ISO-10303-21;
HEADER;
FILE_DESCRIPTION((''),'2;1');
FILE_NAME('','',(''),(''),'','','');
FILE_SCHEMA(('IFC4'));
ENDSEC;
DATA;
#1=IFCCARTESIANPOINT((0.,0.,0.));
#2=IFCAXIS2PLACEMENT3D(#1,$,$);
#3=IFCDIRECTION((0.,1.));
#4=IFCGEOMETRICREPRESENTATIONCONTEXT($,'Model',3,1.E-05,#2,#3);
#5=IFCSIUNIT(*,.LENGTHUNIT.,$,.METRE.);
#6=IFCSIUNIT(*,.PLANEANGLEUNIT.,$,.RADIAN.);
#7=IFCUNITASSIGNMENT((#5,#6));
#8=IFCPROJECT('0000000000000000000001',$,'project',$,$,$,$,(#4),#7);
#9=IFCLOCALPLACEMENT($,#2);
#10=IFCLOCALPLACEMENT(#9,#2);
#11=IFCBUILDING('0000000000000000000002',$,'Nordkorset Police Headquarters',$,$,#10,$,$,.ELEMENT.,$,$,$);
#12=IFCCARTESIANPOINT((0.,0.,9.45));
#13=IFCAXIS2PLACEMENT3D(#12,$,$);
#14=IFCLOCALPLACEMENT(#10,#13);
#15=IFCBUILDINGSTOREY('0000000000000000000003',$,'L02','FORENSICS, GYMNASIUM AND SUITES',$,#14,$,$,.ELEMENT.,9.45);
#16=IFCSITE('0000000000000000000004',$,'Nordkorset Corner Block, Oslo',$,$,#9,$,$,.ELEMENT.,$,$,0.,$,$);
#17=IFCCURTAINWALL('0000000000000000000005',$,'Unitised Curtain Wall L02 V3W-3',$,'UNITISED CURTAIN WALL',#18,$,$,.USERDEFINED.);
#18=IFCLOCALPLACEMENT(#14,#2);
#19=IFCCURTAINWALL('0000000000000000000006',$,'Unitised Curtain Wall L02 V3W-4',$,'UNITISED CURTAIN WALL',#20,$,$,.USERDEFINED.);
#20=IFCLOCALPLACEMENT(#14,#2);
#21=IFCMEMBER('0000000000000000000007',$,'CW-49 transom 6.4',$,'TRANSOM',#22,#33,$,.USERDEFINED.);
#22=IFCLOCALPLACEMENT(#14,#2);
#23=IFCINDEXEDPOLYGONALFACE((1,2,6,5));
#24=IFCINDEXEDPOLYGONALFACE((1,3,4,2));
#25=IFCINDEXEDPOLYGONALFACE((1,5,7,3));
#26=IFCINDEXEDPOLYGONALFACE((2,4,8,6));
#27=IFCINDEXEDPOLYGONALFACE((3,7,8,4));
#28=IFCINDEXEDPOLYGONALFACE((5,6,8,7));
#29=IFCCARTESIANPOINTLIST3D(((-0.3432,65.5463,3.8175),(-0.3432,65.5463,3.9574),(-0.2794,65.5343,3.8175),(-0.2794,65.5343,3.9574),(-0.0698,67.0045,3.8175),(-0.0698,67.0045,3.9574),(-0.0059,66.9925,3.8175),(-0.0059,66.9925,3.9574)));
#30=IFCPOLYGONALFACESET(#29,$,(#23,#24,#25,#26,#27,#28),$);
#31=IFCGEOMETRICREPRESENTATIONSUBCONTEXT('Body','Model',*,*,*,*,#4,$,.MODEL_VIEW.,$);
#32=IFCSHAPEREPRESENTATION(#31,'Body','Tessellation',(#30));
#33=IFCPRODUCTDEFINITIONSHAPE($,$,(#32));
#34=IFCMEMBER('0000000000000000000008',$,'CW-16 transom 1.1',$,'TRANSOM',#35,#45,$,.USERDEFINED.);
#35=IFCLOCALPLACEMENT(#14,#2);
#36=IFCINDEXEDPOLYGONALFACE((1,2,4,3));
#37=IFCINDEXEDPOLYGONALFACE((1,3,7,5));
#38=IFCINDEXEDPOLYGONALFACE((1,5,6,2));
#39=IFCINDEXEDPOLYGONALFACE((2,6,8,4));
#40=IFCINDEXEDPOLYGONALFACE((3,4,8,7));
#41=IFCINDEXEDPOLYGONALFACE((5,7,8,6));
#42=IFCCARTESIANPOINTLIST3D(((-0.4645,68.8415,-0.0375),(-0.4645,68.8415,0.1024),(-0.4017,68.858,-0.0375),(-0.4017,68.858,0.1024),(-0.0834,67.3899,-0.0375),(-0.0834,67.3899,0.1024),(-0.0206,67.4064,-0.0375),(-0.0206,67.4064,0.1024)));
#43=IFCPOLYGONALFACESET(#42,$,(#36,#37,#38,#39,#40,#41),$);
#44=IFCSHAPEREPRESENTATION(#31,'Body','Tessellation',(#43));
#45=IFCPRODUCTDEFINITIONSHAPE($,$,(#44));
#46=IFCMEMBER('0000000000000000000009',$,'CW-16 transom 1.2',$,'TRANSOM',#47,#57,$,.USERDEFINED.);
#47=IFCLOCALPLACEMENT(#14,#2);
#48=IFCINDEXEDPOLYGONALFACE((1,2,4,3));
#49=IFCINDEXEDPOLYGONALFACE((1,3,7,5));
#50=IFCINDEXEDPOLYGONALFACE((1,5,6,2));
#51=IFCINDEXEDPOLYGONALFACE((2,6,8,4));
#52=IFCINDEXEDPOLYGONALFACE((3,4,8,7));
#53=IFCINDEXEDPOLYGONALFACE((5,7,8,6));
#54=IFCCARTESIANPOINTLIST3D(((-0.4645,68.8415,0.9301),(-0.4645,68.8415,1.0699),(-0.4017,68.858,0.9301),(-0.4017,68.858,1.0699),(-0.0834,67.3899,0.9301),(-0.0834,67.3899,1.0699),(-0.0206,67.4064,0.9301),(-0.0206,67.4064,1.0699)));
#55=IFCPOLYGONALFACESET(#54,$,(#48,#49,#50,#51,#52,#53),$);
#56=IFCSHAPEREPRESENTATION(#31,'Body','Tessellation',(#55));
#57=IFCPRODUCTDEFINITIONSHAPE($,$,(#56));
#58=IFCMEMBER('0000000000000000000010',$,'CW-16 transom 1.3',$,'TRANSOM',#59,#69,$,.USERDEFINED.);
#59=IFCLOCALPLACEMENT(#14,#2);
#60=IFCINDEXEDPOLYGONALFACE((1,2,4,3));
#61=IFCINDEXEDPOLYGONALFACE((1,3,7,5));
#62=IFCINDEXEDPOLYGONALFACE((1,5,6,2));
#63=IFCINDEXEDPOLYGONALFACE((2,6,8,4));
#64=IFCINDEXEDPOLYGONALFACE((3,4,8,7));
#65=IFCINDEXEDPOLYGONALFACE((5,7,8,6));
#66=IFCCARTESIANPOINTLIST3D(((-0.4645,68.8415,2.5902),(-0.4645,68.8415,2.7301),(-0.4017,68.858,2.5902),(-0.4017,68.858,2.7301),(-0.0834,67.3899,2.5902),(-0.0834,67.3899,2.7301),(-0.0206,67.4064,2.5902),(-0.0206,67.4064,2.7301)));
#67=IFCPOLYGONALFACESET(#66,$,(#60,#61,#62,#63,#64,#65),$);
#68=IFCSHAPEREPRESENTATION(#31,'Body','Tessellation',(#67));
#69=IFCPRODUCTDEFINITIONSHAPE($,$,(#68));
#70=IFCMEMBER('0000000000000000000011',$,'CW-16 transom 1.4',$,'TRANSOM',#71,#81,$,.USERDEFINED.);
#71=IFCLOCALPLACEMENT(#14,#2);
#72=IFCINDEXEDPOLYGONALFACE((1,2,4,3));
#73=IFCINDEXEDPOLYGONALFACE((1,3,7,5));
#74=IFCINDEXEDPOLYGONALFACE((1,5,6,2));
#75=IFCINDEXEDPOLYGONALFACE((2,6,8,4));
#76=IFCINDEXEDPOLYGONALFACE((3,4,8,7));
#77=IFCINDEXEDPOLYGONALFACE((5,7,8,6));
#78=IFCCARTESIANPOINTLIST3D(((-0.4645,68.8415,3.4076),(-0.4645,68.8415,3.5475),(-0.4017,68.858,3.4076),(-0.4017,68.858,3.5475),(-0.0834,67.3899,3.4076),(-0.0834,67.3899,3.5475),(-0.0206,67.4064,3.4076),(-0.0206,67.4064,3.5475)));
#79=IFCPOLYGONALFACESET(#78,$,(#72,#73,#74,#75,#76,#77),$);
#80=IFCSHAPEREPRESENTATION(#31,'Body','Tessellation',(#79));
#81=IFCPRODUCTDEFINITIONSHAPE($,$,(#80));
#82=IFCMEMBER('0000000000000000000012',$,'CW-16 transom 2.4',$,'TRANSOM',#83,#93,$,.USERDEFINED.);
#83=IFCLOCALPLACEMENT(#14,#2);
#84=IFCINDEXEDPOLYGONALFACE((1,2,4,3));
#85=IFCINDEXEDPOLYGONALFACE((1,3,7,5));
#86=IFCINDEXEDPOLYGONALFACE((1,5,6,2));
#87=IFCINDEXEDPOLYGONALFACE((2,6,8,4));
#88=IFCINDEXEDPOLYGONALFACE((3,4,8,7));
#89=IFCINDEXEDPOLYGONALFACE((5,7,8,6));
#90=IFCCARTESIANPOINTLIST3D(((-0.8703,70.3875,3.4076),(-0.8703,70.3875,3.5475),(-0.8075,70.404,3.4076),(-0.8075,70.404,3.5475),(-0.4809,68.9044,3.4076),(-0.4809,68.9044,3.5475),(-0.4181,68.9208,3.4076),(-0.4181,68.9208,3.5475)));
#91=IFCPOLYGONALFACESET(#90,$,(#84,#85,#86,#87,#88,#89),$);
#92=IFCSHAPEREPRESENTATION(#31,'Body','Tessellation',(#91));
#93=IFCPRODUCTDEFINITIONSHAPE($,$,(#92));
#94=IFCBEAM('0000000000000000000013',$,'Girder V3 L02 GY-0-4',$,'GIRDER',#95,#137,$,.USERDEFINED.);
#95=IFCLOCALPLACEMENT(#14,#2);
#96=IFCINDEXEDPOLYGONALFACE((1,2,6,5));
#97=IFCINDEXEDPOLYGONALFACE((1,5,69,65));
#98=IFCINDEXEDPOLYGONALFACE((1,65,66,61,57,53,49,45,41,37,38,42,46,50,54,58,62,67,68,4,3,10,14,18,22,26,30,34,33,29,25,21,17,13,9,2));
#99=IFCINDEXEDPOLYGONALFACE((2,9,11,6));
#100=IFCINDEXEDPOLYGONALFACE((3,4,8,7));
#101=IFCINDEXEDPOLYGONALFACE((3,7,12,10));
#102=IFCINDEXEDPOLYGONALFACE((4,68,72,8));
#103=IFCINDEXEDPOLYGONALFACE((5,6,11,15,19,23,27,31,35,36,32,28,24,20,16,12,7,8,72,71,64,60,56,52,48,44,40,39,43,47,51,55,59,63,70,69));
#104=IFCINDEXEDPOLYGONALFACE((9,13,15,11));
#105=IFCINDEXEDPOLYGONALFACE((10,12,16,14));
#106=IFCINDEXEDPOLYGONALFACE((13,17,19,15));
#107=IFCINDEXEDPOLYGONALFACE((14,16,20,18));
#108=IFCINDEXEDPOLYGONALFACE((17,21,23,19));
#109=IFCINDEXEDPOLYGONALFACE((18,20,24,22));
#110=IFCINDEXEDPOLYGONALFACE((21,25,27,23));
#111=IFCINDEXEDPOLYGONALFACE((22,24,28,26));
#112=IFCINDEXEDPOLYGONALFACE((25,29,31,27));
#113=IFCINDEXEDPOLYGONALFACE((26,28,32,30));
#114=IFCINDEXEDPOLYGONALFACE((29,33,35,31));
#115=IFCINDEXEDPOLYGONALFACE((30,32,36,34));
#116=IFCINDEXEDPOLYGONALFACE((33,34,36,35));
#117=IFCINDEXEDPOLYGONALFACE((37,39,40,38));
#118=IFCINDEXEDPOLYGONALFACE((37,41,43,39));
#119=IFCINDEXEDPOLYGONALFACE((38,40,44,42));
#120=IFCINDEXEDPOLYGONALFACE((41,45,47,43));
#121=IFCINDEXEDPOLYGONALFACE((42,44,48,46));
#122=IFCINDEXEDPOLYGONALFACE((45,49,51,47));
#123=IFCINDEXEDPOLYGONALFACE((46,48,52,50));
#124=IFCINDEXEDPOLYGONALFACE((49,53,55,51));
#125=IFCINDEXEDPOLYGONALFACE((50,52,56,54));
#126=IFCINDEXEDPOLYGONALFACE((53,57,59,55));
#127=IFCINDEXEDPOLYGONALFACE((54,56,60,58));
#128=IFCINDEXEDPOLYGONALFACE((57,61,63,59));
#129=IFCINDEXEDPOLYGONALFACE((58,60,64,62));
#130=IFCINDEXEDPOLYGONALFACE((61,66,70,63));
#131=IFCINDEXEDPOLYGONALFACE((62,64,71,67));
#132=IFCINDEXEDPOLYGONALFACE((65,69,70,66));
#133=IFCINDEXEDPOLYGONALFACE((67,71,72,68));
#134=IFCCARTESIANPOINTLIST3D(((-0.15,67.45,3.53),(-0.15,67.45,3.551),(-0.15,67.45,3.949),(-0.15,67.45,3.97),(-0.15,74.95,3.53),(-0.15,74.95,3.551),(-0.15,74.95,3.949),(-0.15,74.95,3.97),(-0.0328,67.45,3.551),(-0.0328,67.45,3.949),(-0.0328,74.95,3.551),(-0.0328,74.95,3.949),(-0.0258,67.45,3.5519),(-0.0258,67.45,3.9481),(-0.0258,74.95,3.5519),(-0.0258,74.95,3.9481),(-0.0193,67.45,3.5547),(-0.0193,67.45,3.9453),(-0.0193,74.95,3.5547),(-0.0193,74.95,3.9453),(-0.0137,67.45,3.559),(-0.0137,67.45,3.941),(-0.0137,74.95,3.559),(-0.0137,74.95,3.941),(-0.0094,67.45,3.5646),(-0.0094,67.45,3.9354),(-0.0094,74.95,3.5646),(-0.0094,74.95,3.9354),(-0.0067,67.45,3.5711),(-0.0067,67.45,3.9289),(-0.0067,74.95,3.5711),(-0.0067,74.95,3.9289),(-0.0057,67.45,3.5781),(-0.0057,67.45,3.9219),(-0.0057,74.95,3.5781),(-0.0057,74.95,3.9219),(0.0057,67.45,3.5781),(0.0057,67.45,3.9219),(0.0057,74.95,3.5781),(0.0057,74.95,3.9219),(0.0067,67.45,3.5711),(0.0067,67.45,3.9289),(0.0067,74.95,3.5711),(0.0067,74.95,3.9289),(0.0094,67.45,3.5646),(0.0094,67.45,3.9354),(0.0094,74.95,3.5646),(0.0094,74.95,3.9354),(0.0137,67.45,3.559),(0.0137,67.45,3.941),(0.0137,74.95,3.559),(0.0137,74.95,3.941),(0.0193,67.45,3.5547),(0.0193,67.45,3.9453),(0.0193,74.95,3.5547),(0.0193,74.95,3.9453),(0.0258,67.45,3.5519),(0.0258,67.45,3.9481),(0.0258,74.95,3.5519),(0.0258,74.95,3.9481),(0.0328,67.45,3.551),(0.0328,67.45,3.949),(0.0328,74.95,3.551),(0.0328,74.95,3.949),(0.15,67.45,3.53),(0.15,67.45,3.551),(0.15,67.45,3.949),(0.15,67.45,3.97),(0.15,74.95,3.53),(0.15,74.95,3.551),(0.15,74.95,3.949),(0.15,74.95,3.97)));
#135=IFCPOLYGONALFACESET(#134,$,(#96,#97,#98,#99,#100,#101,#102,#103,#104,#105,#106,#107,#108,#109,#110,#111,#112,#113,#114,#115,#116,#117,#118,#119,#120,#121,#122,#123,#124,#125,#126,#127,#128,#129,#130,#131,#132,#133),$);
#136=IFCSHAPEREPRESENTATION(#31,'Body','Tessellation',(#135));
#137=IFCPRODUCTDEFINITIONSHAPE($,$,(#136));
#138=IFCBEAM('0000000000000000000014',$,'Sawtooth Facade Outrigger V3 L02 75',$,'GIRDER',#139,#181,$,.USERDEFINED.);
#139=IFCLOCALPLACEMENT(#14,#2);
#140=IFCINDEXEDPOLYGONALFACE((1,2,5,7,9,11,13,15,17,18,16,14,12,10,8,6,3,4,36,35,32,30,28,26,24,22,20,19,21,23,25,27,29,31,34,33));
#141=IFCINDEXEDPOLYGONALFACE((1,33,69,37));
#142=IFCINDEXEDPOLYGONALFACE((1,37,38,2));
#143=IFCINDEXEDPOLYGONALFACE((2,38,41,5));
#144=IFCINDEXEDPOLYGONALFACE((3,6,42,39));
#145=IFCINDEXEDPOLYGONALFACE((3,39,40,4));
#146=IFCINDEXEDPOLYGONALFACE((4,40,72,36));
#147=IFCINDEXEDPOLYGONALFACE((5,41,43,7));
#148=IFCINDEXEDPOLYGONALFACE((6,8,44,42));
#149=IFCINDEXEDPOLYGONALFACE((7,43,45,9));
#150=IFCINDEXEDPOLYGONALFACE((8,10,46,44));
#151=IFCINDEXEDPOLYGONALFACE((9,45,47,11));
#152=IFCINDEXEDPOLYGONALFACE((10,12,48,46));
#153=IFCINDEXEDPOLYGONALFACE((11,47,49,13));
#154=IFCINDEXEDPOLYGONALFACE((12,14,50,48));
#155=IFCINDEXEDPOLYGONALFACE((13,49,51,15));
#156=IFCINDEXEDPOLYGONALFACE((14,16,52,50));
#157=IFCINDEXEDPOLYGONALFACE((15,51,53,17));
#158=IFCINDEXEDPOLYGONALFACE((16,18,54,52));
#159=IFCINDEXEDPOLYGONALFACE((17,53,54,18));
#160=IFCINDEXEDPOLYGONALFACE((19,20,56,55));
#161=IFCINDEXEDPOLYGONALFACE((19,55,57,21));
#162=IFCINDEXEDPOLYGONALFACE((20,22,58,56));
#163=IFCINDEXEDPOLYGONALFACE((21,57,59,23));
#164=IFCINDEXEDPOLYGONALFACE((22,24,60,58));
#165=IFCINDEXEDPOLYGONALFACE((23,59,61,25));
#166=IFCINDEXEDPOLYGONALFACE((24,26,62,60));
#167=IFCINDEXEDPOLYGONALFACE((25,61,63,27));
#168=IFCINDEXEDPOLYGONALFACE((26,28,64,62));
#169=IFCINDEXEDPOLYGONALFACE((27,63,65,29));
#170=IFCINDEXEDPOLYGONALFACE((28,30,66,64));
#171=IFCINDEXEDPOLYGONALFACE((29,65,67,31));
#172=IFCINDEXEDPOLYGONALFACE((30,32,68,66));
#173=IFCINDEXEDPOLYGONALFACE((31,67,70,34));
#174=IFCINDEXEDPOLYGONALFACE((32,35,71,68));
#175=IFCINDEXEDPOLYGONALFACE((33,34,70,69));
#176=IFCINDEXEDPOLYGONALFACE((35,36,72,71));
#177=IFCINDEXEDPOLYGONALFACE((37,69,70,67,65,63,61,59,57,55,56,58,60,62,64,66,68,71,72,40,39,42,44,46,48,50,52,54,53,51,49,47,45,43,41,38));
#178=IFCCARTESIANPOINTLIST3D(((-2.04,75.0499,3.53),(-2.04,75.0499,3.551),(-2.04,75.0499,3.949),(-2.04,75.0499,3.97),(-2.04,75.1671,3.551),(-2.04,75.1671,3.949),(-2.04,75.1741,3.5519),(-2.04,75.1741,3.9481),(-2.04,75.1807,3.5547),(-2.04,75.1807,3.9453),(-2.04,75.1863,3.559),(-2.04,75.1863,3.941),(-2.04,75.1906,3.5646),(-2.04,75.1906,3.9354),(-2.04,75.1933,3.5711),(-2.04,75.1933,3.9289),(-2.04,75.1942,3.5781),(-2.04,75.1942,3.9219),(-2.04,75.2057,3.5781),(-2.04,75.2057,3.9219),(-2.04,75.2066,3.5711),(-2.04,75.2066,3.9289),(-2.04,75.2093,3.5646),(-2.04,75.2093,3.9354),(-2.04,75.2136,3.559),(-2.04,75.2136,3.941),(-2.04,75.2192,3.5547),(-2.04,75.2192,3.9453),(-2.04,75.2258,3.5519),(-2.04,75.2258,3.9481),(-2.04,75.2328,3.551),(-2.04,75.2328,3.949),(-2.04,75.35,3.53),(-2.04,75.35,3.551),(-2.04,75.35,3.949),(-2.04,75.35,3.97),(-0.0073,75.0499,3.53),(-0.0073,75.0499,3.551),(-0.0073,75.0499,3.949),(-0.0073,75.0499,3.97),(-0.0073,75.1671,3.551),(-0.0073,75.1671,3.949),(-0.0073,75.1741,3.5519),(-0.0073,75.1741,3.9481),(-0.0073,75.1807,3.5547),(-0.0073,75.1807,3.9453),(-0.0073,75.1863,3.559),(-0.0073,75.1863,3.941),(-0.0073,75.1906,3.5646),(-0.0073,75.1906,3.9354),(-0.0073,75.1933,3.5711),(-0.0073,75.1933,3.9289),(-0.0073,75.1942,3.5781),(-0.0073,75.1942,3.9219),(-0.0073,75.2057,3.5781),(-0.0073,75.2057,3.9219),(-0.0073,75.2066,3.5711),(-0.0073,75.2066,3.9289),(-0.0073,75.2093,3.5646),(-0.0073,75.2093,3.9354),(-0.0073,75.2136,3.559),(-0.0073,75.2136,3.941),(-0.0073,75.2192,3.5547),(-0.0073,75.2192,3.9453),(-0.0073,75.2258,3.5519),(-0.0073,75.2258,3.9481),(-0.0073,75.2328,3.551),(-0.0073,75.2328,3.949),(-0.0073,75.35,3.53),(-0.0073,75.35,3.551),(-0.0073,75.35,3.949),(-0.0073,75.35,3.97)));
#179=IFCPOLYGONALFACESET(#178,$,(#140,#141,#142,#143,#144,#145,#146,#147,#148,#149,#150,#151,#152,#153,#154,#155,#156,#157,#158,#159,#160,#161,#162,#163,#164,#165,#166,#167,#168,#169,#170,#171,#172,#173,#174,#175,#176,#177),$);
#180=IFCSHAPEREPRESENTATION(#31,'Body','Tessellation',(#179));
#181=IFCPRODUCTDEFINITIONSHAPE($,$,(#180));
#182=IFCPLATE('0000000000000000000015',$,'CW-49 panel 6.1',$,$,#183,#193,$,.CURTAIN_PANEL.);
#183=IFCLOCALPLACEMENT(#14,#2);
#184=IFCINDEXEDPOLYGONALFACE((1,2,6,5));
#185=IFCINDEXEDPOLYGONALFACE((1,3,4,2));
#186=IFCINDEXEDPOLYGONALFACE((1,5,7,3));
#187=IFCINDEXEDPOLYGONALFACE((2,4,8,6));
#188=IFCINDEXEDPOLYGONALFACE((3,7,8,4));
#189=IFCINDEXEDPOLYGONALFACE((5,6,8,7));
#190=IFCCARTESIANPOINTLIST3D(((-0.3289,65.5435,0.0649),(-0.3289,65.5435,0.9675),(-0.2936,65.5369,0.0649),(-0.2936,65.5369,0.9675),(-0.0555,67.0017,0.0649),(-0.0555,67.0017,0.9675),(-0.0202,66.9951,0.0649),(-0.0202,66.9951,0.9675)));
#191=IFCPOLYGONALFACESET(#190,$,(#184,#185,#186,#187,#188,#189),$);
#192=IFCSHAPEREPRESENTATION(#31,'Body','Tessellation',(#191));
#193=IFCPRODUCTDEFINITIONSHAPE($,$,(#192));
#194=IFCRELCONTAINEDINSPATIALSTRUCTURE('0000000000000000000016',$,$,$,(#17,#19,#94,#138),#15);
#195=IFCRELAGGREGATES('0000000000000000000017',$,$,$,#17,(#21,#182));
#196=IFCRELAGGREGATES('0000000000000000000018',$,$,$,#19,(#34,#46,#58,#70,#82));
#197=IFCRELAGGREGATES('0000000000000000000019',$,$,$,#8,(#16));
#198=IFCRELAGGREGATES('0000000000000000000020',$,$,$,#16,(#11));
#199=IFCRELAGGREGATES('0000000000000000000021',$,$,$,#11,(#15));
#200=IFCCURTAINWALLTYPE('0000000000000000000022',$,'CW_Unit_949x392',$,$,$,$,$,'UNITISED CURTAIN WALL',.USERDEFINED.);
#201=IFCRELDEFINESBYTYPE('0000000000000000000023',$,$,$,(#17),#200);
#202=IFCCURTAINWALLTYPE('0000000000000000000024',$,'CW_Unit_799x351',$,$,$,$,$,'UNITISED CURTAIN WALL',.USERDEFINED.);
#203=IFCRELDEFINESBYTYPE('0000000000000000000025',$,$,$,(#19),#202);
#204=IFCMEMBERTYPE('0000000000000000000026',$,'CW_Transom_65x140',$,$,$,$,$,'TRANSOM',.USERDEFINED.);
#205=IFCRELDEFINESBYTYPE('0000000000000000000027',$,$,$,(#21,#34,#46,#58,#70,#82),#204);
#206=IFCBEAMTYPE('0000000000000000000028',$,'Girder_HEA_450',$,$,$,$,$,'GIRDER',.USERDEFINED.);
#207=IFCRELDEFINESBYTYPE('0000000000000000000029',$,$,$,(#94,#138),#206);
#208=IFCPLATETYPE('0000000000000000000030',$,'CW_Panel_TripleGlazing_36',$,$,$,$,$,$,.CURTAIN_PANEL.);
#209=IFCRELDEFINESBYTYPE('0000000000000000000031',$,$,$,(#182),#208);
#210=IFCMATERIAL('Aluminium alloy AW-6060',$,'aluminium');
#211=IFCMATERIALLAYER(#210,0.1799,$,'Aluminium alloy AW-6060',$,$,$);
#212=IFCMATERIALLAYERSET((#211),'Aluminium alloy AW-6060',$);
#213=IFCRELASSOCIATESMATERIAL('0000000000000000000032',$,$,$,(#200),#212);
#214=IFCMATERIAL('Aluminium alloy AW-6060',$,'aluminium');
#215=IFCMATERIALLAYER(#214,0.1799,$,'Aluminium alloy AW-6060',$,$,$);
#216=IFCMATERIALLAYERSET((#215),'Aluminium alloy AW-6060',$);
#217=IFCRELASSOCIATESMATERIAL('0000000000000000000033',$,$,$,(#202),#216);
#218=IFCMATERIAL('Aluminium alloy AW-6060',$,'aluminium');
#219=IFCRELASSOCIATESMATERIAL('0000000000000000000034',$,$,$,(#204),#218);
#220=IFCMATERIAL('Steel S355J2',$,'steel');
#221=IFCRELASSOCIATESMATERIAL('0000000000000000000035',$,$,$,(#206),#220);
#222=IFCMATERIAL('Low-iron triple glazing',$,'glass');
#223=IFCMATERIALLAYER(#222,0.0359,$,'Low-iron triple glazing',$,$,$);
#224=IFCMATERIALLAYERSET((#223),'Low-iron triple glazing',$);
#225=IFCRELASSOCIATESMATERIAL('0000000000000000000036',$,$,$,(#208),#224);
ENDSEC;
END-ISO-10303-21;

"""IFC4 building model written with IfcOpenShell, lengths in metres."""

from ifc_helpers import new_model, si_unit, direction, frame, origin, origin_2d, place, context, subcontext, project, spatial, rectangle, i_section, extrude, material, layer, layer_set, material_profile, profile_set, type_object, element, aggregate, save


model = new_model("IFC4")

# Units and contexts
model_context = context("Model", 3, precision=1e-05, world=origin(), true_north=direction((0.0, 1.0)))
body_context = subcontext(model_context, "Body", "Model", "MODEL_VIEW")
ifc_project = project(units=[si_unit("LENGTHUNIT", "METRE"), si_unit("PLANEANGLEUNIT", "RADIAN")], contexts=[model_context])

# Site, building, storey
site_placement = place(None, origin())
site = spatial("IfcSite", under=ifc_project, at=site_placement, Name="Nordkorset Corner Block, Oslo", CompositionType="ELEMENT", RefElevation=0.0)
building_placement = place(site_placement, origin())
building = spatial("IfcBuilding", under=site, at=building_placement, Name="Nordkorset Police Headquarters", CompositionType="ELEMENT")
storey_placement = place(building_placement, frame((0.0, 0.0, 9.45)))
storey = spatial("IfcBuildingStorey", under=building, at=storey_placement, Name="L02", Description="FORENSICS, GYMNASIUM AND SUITES", CompositionType="ELEMENT", Elevation=9.45)

# Curtain walls
ifc_material_1 = material(Name="Aluminium alloy AW-6060", Category="aluminium")
ifc_layer_1 = layer(ifc_material_1, 0.1799, Name="Aluminium alloy AW-6060")
ifc_layer_set_1 = layer_set([ifc_layer_1], Name="Aluminium alloy AW-6060")
curtain_wall_type_1 = type_object("IfcCurtainWallType", Name="CW_Unit_949x392", ElementType="UNITISED CURTAIN WALL", PredefinedType="USERDEFINED", material=ifc_layer_set_1)
curtain_wall_1_placement = place(storey_placement, origin())
curtain_wall_1 = element("IfcCurtainWall", 1, at=curtain_wall_1_placement, inside=storey, type_object=curtain_wall_type_1, Name="Unitised Curtain Wall L02 V3W-3", ObjectType="UNITISED CURTAIN WALL", PredefinedType="USERDEFINED")
ifc_material_2 = material(Name="Aluminium alloy AW-6060", Category="aluminium")
ifc_layer_2 = layer(ifc_material_2, 0.1799, Name="Aluminium alloy AW-6060")
ifc_layer_set_2 = layer_set([ifc_layer_2], Name="Aluminium alloy AW-6060")
curtain_wall_type_2 = type_object("IfcCurtainWallType", Name="CW_Unit_799x351", ElementType="UNITISED CURTAIN WALL", PredefinedType="USERDEFINED", material=ifc_layer_set_2)
curtain_wall_2_placement = place(storey_placement, origin())
curtain_wall_2 = element("IfcCurtainWall", 2, at=curtain_wall_2_placement, inside=storey, type_object=curtain_wall_type_2, Name="Unitised Curtain Wall L02 V3W-4", ObjectType="UNITISED CURTAIN WALL", PredefinedType="USERDEFINED")

# Members
ifc_material_3 = material(Name="Aluminium alloy AW-6060", Category="aluminium")
ifc_material_profile_1 = material_profile(ifc_material_3, rectangle(XDim=0.0649, YDim=0.1399, at=origin_2d()), Name="ALU TRAN 65x140")
ifc_profile_set_1 = profile_set([ifc_material_profile_1], Name="Aluminium alloy AW-6060")
member_type_1 = type_object("IfcMemberType", Name="CW_Transom_65x140", ElementType="TRANSOM", PredefinedType="USERDEFINED", material=ifc_profile_set_1)
member_1_placement = place(storey_placement, frame((-0.3113, 65.5403, 3.8875), z_axis=(0.184298, 0.98287, 0.0), x_axis=(-0.98287, 0.184298, 0.0)))
member_1 = element("IfcMember", 3, at=member_1_placement, type_object=member_type_1, Name="CW-49 transom 6.4", ObjectType="TRANSOM", PredefinedType="USERDEFINED", context=body_context, shape_type="SweptSolid", body=[
    extrude(rectangle(XDim=0.0649, YDim=0.1399, at=origin_2d()), origin(), (0.0, 0.0, 1.0), 1.4836),
])
member_2_placement = place(storey_placement, frame((-0.052, 67.3982, 0.0325), z_axis=(-0.253925, 0.967224, 0.0), x_axis=(-0.967224, -0.253925, 0.0)))
member_2 = element("IfcMember", 4, at=member_2_placement, type_object=member_type_1, Name="CW-16 transom 1.1", ObjectType="TRANSOM", PredefinedType="USERDEFINED", context=body_context, shape_type="SweptSolid", body=[
    extrude(rectangle(XDim=0.0649, YDim=0.1399, at=origin_2d()), origin(), (0.0, 0.0, 1.0), 1.5007),
])
member_3_placement = place(storey_placement, frame((-0.052, 67.3982, 1.0), z_axis=(-0.253925, 0.967224, 0.0), x_axis=(-0.967224, -0.253925, 0.0)))
member_3 = element("IfcMember", 5, at=member_3_placement, type_object=member_type_1, Name="CW-16 transom 1.2", ObjectType="TRANSOM", PredefinedType="USERDEFINED", context=body_context, shape_type="SweptSolid", body=[
    extrude(rectangle(XDim=0.0649, YDim=0.1399, at=origin_2d()), origin(), (0.0, 0.0, 1.0), 1.5007),
])
member_4_placement = place(storey_placement, frame((-0.052, 67.3982, 2.6602), z_axis=(-0.253925, 0.967224, 0.0), x_axis=(-0.967224, -0.253925, 0.0)))
member_4 = element("IfcMember", 6, at=member_4_placement, type_object=member_type_1, Name="CW-16 transom 1.3", ObjectType="TRANSOM", PredefinedType="USERDEFINED", context=body_context, shape_type="SweptSolid", body=[
    extrude(rectangle(XDim=0.0649, YDim=0.1399, at=origin_2d()), origin(), (0.0, 0.0, 1.0), 1.5007),
])
member_5_placement = place(storey_placement, frame((-0.052, 67.3982, 3.4775), z_axis=(-0.253925, 0.967224, 0.0), x_axis=(-0.967224, -0.253925, 0.0)))
member_5 = element("IfcMember", 7, at=member_5_placement, type_object=member_type_1, Name="CW-16 transom 1.4", ObjectType="TRANSOM", PredefinedType="USERDEFINED", context=body_context, shape_type="SweptSolid", body=[
    extrude(rectangle(XDim=0.0649, YDim=0.1399, at=origin_2d()), origin(), (0.0, 0.0, 1.0), 1.5007),
])
member_6_placement = place(storey_placement, frame((-0.4495, 68.9126, 3.4775), z_axis=(-0.253945, 0.967219, 0.0), x_axis=(-0.967219, -0.253945, 0.0)))
member_6 = element("IfcMember", 8, at=member_6_placement, type_object=member_type_1, Name="CW-16 transom 2.4", ObjectType="TRANSOM", PredefinedType="USERDEFINED", context=body_context, shape_type="SweptSolid", body=[
    extrude(rectangle(XDim=0.0649, YDim=0.1399, at=origin_2d()), origin(), (0.0, 0.0, 1.0), 1.5334),
])

# Beams
ifc_material_4 = material(Name="Steel S355J2", Category="steel")
ifc_material_profile_2 = material_profile(ifc_material_4, i_section(OverallWidth=0.3, OverallDepth=0.4399, WebThickness=0.0115, FlangeThickness=0.021, FilletRadius=0.0271, at=origin_2d()), Name="HEA 450")
ifc_profile_set_2 = profile_set([ifc_material_profile_2], Name="Steel S355J2")
beam_type = type_object("IfcBeamType", Name="Girder_HEA_450", ElementType="GIRDER", PredefinedType="USERDEFINED", material=ifc_profile_set_2)
beam_1_placement = place(storey_placement, frame((0.0, 67.45, 3.75), z_axis=(0.0, 1.0, 0.0), x_axis=(-1.0, 0.0, 0.0)))
element("IfcBeam", 9, at=beam_1_placement, inside=storey, type_object=beam_type, Name="Girder V3 L02 GY-0-4", ObjectType="GIRDER", PredefinedType="USERDEFINED", context=body_context, shape_type="SweptSolid", body=[
    extrude(i_section(OverallWidth=0.3, OverallDepth=0.4399, WebThickness=0.0115, FlangeThickness=0.021, FilletRadius=0.0271, at=origin_2d()), origin(), (0.0, 0.0, 1.0), 7.5),
])
beam_2_placement = place(storey_placement, frame((-0.0073, 75.2, 3.75), z_axis=(-1.0, 0.0, 0.0), x_axis=(0.0, -1.0, 0.0)))
element("IfcBeam", 10, at=beam_2_placement, inside=storey, type_object=beam_type, Name="Sawtooth Facade Outrigger V3 L02 75", ObjectType="GIRDER", PredefinedType="USERDEFINED", context=body_context, shape_type="SweptSolid", body=[
    extrude(i_section(OverallWidth=0.3, OverallDepth=0.4399, WebThickness=0.0115, FlangeThickness=0.021, FilletRadius=0.0271, at=origin_2d()), origin(), (0.0, 0.0, 1.0), 2.0327),
])

# Plate
ifc_material_5 = material(Name="Low-iron triple glazing", Category="glass")
ifc_layer_3 = layer(ifc_material_5, 0.0359, Name="Low-iron triple glazing")
ifc_layer_set_3 = layer_set([ifc_layer_3], Name="Low-iron triple glazing")
plate_type = type_object("IfcPlateType", Name="CW_Panel_TripleGlazing_36", PredefinedType="CURTAIN_PANEL", material=ifc_layer_set_3)
plate_1_placement = place(storey_placement, frame((-0.1746, 66.2693, 0.0649), z_axis=(0.0, 0.0, 1.0), x_axis=(0.184289, 0.982872, 0.0)))
plate_1 = element("IfcPlate", 11, at=plate_1_placement, type_object=plate_type, Name="CW-49 panel 6.1", PredefinedType="CURTAIN_PANEL", context=body_context, shape_type="SweptSolid", body=[
    extrude(rectangle(XDim=1.4836, YDim=0.0359, at=origin_2d()), origin(), (0.0, 0.0, 1.0), 0.9026),
])
aggregate(curtain_wall_1, [member_1, plate_1])
aggregate(curtain_wall_2, [member_2, member_3, member_4, member_5, member_6])

save(model, "model.ifc")
